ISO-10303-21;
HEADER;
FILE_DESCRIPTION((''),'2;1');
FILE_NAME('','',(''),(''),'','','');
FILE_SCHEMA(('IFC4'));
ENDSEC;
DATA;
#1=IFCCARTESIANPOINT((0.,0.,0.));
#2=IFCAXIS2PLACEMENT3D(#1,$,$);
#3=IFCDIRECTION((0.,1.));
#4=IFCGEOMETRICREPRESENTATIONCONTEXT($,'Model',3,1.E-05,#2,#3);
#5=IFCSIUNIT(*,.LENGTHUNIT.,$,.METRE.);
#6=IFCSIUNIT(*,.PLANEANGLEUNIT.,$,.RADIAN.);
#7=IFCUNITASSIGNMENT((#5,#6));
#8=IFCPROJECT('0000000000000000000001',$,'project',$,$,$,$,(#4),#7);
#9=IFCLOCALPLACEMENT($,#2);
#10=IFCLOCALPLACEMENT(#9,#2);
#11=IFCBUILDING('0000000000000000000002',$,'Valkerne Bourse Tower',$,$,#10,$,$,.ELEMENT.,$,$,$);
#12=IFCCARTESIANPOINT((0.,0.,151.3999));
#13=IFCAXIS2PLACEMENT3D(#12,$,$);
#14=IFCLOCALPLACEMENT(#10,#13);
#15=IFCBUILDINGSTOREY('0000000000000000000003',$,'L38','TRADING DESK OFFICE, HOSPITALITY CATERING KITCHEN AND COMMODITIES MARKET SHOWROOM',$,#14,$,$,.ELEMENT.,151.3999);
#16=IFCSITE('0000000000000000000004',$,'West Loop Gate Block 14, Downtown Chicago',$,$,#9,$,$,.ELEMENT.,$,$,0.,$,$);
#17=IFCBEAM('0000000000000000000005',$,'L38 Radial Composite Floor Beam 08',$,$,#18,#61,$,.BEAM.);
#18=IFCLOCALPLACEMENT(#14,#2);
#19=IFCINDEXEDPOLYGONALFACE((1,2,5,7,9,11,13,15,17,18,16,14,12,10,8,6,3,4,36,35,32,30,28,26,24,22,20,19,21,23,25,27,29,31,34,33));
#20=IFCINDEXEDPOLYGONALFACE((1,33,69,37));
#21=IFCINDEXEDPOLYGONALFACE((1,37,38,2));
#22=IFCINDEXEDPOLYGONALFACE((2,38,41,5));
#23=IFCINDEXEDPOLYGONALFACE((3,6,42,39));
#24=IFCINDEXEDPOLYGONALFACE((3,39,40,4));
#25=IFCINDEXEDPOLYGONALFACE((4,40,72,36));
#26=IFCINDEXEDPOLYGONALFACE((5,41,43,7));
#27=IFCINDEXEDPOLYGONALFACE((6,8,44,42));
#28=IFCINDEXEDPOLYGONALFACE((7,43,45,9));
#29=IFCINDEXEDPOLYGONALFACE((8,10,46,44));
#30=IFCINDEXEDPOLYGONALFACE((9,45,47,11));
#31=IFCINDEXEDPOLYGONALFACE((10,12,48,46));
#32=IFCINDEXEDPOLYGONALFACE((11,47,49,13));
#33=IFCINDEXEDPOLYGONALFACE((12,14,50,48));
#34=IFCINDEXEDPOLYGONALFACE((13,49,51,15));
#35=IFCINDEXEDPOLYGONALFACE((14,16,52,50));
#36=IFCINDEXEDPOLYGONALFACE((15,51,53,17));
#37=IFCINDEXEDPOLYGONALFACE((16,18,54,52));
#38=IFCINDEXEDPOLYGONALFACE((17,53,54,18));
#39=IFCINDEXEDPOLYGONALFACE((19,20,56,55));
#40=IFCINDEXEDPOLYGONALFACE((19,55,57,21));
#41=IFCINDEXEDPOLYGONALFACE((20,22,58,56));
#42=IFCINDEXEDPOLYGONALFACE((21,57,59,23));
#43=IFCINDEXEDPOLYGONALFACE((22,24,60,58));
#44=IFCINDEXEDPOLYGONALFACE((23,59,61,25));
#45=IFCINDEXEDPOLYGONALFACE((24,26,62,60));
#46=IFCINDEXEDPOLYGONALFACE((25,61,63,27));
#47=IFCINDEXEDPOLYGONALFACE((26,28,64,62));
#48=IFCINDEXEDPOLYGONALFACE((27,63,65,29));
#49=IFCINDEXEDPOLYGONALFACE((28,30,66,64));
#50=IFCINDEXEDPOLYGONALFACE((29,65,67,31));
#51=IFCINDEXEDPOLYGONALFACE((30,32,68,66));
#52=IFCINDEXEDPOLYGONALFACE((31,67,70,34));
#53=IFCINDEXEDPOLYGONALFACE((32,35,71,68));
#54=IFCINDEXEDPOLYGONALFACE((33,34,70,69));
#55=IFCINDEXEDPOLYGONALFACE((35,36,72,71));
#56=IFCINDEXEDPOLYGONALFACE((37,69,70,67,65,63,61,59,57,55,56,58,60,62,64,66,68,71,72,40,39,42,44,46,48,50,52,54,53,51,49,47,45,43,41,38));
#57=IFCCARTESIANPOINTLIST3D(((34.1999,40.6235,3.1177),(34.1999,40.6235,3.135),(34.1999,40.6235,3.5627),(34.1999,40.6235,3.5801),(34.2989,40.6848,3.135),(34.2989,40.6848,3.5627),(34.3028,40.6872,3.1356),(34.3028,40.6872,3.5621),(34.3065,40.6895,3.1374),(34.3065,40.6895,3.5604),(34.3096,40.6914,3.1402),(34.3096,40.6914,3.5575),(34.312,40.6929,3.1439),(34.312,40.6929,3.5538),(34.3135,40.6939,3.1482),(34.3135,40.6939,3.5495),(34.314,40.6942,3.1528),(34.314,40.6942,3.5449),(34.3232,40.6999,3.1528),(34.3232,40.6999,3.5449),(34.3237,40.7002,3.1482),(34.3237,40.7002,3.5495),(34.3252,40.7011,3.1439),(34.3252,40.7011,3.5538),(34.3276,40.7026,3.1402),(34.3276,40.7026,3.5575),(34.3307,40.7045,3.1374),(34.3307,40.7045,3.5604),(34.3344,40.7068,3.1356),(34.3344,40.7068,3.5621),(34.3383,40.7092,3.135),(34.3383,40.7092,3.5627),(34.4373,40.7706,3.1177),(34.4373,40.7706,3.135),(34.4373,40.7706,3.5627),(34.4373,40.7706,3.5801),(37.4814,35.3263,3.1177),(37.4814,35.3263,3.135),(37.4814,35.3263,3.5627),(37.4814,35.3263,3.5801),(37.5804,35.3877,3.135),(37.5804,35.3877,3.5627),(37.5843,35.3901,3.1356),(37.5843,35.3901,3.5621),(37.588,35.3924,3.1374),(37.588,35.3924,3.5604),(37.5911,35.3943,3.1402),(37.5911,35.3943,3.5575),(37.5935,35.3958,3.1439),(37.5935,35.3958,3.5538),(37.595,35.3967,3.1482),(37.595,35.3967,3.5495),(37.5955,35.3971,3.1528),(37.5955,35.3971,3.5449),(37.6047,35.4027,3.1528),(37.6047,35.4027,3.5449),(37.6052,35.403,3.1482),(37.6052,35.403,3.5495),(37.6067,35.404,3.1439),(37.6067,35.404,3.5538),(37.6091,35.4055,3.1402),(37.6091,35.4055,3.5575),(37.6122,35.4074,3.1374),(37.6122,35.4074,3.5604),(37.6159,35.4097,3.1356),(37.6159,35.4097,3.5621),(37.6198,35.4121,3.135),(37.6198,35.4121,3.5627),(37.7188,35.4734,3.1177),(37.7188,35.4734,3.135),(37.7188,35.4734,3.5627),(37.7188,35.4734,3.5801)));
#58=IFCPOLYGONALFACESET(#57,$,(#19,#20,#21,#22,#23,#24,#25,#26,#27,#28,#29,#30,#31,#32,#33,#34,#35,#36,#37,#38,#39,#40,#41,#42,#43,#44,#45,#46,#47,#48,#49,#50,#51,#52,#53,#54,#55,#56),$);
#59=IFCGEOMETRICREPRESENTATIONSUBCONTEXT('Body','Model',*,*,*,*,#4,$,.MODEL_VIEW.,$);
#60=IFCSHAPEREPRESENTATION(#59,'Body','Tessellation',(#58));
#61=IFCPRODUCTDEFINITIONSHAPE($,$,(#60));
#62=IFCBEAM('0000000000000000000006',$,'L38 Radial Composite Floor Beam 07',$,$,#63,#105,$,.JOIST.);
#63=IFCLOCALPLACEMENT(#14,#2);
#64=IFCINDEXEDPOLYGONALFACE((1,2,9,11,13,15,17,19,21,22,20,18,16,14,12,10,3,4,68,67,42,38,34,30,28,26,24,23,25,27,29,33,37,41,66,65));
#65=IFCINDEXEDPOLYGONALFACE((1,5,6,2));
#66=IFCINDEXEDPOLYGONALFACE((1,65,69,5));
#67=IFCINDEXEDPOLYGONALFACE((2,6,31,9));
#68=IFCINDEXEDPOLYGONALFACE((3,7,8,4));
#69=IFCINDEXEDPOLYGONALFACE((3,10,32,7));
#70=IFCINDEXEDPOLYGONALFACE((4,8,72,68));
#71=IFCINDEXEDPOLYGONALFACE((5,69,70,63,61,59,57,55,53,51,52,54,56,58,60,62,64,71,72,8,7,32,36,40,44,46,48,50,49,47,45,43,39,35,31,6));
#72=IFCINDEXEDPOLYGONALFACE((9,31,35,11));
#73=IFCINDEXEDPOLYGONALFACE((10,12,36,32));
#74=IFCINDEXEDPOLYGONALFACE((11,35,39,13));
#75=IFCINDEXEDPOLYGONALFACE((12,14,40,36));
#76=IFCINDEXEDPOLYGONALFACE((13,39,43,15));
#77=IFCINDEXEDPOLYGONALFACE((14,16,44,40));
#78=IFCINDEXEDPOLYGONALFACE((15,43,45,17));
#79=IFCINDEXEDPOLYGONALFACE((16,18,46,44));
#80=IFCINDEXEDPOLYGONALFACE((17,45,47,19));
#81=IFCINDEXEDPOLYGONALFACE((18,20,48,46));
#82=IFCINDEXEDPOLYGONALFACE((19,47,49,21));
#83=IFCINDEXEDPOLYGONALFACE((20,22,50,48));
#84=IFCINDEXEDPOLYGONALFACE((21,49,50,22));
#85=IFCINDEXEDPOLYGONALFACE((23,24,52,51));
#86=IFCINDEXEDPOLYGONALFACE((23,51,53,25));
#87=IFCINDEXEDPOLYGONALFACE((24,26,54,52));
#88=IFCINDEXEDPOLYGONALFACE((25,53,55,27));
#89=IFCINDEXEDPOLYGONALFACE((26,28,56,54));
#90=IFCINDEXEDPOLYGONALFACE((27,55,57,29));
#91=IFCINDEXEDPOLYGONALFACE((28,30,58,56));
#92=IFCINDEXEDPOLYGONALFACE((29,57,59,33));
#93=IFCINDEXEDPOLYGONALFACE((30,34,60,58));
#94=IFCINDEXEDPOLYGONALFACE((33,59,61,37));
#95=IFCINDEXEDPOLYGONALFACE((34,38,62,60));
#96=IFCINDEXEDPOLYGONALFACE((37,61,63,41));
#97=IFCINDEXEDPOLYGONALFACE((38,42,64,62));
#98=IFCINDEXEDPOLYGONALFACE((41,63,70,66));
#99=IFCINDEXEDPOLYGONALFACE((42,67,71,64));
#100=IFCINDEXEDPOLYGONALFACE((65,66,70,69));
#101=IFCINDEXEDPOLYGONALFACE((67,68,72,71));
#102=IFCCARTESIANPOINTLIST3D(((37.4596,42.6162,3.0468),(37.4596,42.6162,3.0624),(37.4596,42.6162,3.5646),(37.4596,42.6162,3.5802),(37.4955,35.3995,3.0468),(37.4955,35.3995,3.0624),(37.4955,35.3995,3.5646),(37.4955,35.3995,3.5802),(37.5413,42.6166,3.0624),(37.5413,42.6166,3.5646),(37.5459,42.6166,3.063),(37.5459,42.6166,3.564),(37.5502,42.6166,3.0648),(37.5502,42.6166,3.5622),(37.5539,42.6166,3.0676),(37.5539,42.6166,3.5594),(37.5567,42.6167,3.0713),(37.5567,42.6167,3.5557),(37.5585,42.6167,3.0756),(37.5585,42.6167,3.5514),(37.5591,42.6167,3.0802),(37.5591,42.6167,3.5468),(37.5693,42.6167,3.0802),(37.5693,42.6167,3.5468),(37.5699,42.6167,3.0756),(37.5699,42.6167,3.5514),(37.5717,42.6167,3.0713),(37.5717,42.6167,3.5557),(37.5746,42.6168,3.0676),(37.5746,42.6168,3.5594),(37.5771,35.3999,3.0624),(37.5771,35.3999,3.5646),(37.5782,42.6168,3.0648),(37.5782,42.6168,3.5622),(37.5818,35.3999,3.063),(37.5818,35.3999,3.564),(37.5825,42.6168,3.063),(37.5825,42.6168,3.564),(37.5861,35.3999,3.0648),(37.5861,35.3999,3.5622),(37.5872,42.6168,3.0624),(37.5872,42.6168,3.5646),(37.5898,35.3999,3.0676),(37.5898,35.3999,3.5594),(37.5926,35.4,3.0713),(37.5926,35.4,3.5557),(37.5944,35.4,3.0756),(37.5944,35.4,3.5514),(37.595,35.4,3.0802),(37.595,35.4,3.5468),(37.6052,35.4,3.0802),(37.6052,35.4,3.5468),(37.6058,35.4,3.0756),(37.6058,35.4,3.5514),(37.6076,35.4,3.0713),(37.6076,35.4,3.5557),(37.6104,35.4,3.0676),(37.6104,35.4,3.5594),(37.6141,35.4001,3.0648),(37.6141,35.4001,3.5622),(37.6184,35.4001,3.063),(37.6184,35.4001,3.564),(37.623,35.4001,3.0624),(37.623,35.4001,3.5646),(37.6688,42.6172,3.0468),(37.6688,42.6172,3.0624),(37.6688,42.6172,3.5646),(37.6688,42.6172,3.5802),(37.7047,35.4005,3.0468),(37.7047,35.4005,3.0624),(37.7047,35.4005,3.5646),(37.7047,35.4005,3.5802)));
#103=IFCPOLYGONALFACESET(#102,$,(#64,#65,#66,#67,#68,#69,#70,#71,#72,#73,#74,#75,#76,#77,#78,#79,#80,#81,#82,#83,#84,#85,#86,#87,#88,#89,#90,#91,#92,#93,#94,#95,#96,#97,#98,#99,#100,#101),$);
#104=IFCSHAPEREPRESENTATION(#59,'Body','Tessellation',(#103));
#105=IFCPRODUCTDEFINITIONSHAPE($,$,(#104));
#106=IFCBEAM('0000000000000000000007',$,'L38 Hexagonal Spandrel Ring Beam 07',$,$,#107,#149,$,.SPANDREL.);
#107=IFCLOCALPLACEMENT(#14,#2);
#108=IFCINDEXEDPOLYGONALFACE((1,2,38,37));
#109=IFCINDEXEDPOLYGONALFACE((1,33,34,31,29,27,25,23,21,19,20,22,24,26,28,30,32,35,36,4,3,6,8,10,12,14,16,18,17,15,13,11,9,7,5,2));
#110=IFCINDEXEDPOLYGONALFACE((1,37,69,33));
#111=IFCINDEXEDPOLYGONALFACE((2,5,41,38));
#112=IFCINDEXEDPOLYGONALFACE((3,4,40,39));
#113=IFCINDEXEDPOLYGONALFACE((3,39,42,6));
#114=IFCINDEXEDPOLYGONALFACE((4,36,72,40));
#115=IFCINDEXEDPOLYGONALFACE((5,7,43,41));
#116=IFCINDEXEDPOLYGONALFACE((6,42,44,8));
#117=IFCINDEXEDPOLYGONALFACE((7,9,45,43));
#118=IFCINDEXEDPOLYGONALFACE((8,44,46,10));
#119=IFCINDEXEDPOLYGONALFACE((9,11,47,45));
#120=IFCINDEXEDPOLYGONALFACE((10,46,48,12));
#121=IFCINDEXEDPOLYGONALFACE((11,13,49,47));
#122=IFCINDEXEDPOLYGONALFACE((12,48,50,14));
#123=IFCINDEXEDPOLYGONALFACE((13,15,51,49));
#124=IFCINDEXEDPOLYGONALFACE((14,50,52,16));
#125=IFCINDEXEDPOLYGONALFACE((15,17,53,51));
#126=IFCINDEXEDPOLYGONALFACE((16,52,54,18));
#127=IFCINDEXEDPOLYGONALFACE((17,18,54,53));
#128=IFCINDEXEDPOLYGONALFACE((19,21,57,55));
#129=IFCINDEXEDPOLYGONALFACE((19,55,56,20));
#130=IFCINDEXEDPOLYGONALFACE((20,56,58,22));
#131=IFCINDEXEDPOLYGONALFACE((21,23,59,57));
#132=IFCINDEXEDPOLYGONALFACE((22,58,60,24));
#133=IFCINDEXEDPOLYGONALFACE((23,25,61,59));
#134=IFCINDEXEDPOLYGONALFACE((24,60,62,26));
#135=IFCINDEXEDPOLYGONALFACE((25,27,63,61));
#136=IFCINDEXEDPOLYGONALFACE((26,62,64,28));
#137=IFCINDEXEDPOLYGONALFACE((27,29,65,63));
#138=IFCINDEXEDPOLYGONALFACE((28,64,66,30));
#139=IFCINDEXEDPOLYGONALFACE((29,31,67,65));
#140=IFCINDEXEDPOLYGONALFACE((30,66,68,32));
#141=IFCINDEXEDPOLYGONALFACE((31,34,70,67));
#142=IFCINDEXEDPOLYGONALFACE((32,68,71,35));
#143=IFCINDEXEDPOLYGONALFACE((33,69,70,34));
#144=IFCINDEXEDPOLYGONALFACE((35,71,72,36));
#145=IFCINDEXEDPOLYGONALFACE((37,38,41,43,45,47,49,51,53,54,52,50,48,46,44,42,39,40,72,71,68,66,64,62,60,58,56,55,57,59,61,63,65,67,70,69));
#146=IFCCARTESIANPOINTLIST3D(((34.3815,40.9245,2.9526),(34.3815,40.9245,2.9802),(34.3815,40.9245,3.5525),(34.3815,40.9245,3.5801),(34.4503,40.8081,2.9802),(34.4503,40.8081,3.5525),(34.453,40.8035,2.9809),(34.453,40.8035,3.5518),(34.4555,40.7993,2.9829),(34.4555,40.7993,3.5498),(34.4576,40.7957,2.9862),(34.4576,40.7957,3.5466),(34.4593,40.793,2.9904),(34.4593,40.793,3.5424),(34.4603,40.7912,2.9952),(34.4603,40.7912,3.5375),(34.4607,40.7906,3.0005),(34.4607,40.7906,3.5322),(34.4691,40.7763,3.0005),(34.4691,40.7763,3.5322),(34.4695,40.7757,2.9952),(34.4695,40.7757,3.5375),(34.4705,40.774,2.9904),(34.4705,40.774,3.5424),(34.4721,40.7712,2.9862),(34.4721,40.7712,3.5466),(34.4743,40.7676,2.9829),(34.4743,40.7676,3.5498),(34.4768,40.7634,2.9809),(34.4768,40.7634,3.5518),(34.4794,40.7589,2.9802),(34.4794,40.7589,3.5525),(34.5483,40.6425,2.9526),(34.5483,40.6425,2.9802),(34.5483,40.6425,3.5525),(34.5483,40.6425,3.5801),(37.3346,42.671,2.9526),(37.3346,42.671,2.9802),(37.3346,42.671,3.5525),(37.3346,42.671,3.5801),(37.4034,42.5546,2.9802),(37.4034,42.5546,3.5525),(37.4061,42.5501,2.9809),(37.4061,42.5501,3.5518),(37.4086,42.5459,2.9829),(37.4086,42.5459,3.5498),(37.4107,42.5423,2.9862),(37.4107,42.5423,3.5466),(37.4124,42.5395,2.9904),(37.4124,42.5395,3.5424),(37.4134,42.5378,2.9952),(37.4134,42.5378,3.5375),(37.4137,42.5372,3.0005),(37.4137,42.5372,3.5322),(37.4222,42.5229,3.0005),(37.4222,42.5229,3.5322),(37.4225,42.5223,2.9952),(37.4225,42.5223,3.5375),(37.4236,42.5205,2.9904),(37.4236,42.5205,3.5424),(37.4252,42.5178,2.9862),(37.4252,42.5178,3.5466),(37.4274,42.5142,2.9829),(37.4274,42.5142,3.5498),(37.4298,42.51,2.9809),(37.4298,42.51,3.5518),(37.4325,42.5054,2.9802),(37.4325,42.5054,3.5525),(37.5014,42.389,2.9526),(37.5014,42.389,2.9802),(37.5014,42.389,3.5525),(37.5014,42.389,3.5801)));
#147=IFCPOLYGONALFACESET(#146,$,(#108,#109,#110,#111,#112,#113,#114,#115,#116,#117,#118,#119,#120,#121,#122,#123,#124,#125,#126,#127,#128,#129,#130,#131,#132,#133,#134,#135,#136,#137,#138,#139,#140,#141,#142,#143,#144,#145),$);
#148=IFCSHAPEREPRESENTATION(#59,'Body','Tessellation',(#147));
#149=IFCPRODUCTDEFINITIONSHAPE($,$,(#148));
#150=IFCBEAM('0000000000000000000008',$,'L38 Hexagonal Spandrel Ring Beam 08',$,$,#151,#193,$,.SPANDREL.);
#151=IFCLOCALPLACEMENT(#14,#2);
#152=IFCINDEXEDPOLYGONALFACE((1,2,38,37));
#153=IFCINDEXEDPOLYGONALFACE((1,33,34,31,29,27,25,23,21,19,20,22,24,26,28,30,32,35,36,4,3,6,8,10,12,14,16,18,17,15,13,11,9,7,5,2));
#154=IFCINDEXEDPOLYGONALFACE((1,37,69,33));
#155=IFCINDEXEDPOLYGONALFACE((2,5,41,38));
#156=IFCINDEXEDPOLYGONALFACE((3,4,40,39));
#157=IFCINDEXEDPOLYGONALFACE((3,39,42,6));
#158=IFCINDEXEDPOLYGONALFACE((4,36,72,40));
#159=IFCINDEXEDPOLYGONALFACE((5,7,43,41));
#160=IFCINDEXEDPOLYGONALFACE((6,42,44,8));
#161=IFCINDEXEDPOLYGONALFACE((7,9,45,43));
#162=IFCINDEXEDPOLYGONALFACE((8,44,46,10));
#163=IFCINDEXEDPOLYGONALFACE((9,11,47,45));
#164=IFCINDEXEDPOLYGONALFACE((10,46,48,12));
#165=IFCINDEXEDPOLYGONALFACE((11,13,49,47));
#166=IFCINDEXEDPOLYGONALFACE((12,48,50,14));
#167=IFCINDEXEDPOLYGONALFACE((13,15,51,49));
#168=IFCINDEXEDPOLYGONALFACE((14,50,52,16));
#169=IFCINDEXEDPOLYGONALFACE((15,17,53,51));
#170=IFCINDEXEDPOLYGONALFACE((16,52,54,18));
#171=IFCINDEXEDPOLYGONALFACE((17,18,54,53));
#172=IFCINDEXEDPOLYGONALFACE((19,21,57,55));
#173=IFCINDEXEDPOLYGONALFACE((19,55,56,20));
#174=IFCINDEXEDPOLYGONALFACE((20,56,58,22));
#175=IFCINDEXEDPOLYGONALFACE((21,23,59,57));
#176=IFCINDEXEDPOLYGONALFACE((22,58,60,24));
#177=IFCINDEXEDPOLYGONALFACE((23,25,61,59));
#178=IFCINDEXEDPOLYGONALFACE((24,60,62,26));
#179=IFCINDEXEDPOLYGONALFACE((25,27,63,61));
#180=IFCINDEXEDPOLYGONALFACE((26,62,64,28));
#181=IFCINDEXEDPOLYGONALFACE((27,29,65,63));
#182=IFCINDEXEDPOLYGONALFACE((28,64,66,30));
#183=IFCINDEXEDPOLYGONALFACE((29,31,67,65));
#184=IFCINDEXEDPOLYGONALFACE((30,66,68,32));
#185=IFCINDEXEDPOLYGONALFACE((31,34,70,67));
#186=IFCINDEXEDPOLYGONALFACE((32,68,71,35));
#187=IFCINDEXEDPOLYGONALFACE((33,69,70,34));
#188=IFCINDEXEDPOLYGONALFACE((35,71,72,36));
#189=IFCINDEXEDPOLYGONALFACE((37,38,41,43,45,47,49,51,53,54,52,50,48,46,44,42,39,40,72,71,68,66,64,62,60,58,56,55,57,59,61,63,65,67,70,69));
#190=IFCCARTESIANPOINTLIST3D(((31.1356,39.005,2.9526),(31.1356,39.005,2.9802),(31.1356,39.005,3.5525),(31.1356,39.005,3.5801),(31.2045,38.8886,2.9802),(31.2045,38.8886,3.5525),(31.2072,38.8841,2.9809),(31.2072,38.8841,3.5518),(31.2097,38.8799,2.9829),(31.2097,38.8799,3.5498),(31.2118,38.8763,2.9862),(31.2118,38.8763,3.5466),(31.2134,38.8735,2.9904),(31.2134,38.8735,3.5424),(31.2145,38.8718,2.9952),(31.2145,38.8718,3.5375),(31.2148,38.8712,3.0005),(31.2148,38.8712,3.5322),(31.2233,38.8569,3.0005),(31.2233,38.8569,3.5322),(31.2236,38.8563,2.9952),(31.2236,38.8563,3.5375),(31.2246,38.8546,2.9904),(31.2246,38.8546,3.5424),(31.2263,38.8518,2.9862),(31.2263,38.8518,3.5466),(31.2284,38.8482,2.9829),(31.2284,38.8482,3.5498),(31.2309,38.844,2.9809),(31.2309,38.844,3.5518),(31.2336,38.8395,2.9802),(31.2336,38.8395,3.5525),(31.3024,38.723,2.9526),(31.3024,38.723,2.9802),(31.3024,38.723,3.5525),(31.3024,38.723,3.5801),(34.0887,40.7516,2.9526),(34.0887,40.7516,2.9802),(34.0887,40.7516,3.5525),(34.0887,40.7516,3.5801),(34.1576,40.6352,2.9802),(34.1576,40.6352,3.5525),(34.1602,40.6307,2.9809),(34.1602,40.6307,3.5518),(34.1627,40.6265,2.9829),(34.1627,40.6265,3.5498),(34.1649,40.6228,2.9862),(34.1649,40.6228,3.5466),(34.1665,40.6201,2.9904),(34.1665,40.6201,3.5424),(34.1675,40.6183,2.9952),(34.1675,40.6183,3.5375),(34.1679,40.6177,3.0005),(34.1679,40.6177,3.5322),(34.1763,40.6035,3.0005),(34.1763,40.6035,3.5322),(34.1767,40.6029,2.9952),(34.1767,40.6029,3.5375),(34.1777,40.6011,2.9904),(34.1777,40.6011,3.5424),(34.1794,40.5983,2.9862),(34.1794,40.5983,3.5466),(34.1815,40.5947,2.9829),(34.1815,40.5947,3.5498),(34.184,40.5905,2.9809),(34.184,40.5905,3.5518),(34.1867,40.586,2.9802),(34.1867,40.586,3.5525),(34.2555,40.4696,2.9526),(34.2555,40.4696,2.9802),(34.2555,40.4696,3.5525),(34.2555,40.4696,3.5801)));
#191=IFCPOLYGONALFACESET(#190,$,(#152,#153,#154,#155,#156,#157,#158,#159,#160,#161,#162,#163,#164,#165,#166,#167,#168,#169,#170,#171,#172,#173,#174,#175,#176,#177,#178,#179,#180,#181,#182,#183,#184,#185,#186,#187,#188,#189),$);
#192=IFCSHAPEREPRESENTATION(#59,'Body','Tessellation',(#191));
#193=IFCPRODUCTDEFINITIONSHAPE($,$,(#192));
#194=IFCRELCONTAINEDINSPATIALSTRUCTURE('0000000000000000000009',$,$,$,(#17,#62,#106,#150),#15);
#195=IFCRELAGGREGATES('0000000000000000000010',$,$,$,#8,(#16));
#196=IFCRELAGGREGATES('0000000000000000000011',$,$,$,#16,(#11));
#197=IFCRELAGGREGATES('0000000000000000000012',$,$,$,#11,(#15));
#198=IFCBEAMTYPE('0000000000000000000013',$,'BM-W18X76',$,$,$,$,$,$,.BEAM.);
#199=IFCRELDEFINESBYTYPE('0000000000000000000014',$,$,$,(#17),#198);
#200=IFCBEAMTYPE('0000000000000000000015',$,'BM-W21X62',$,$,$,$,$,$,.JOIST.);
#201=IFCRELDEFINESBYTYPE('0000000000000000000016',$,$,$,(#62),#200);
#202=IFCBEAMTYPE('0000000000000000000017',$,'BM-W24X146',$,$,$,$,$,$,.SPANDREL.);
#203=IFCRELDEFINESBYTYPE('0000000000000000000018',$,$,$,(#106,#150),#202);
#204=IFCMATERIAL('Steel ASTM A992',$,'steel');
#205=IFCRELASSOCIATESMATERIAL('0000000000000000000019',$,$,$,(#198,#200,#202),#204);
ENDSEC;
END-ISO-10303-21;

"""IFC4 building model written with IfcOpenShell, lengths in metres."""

from ifc_helpers import new_model, si_unit, direction, frame, origin, origin_2d, place, context, subcontext, project, spatial, i_section, extrude, material, material_profile, profile_set, type_object, element, save


model = new_model("IFC4")

# Units and contexts
model_context = context("Model", 3, precision=1e-05, world=origin(), true_north=direction((0.0, 1.0)))
body_context = subcontext(model_context, "Body", "Model", "MODEL_VIEW")
ifc_project = project(units=[si_unit("LENGTHUNIT", "METRE"), si_unit("PLANEANGLEUNIT", "RADIAN")], contexts=[model_context])

# Site, building, storey
site_placement = place(None, origin())
site = spatial("IfcSite", under=ifc_project, at=site_placement, Name="West Loop Gate Block 14, Downtown Chicago", CompositionType="ELEMENT", RefElevation=0.0)
building_placement = place(site_placement, origin())
building = spatial("IfcBuilding", under=site, at=building_placement, Name="Valkerne Bourse Tower", CompositionType="ELEMENT")
storey_placement = place(building_placement, frame((0.0, 0.0, 151.3999)))
storey = spatial("IfcBuildingStorey", under=building, at=storey_placement, Name="L38", Description="TRADING DESK OFFICE, HOSPITALITY CATERING KITCHEN AND COMMODITIES MARKET SHOWROOM", CompositionType="ELEMENT", Elevation=151.3999)

# Beams
ifc_material_1 = material(Name="Steel ASTM A992", Category="steel")
ifc_material_profile_1 = material_profile(ifc_material_1, i_section(OverallWidth=0.2793, OverallDepth=0.4624, WebThickness=0.0107, FlangeThickness=0.0173, FilletRadius=0.0178, at=origin_2d()), Name="W18X76")
ifc_profile_set_1 = profile_set([ifc_material_profile_1], Name="Steel ASTM A992")
beam_type_1 = type_object("IfcBeamType", Name="BM-W18X76", PredefinedType="BEAM", material=ifc_profile_set_1)
beam_1_placement = place(storey_placement, frame((34.3186, 40.697, 3.3489), z_axis=(0.526624, -0.850098, 0.0), x_axis=(0.850098, 0.526624, 0.0)))
element("IfcBeam", 1, at=beam_1_placement, inside=storey, type_object=beam_type_1, Name="L38 Radial Composite Floor Beam 08", PredefinedType="BEAM", context=body_context, shape_type="SweptSolid", body=[
    extrude(i_section(OverallWidth=0.2793, OverallDepth=0.4624, WebThickness=0.0107, FlangeThickness=0.0173, FilletRadius=0.0178, at=origin_2d()), origin(), (0.0, 0.0, 1.0), 6.2312),
])
ifc_material_profile_2 = material_profile(ifc_material_1, i_section(OverallWidth=0.2092, OverallDepth=0.5334, WebThickness=0.0103, FlangeThickness=0.0156, FilletRadius=0.0178, at=origin_2d()), Name="W21X62")
ifc_profile_set_2 = profile_set([ifc_material_profile_2], Name="Steel ASTM A992")
beam_type_2 = type_object("IfcBeamType", Name="BM-W21X62", PredefinedType="JOIST", material=ifc_profile_set_2)
beam_2_placement = place(storey_placement, frame((37.5642, 42.6167, 3.3135), z_axis=(0.004973, -0.999988, 0.0), x_axis=(0.999988, 0.004973, 0.0)))
element("IfcBeam", 2, at=beam_2_placement, inside=storey, type_object=beam_type_2, Name="L38 Radial Composite Floor Beam 07", PredefinedType="JOIST", context=body_context, shape_type="SweptSolid", body=[
    extrude(i_section(OverallWidth=0.2092, OverallDepth=0.5334, WebThickness=0.0103, FlangeThickness=0.0156, FilletRadius=0.0178, at=origin_2d()), origin(), (0.0, 0.0, 1.0), 7.2168),
])
ifc_material_profile_3 = material_profile(ifc_material_1, i_section(OverallWidth=0.3276, OverallDepth=0.6274, WebThickness=0.0166, FlangeThickness=0.0276, FilletRadius=0.0203, at=origin_2d()), Name="W24X146")
ifc_profile_set_3 = profile_set([ifc_material_profile_3], Name="Steel ASTM A992")
beam_type_3 = type_object("IfcBeamType", Name="BM-W24X146", PredefinedType="SPANDREL", material=ifc_profile_set_3)
for number, where, z_axis, x_axis, name in (
    (3, (37.418, 42.53, 3.2664), (-0.860728, -0.509065, 0.0), (0.509065, -0.860728, 0.0), "L38 Hexagonal Spandrel Ring Beam 07"),
    (4, (34.1721, 40.6106, 3.2664), (-0.860728, -0.509065, 0.0), (0.509065, -0.860728, 0.0), "L38 Hexagonal Spandrel Ring Beam 08"),
):
    element("IfcBeam", number, at=place(storey_placement, frame(where, z_axis=z_axis, x_axis=x_axis)), inside=storey, type_object=beam_type_3, Name=name, PredefinedType="SPANDREL", context=body_context, shape_type="SweptSolid", body=[
        extrude(i_section(OverallWidth=0.3276, OverallDepth=0.6274, WebThickness=0.0166, FlangeThickness=0.0276, FilletRadius=0.0203, at=origin_2d()), origin(), (0.0, 0.0, 1.0), 3.4309),
    ])

save(model, "model.ifc")
